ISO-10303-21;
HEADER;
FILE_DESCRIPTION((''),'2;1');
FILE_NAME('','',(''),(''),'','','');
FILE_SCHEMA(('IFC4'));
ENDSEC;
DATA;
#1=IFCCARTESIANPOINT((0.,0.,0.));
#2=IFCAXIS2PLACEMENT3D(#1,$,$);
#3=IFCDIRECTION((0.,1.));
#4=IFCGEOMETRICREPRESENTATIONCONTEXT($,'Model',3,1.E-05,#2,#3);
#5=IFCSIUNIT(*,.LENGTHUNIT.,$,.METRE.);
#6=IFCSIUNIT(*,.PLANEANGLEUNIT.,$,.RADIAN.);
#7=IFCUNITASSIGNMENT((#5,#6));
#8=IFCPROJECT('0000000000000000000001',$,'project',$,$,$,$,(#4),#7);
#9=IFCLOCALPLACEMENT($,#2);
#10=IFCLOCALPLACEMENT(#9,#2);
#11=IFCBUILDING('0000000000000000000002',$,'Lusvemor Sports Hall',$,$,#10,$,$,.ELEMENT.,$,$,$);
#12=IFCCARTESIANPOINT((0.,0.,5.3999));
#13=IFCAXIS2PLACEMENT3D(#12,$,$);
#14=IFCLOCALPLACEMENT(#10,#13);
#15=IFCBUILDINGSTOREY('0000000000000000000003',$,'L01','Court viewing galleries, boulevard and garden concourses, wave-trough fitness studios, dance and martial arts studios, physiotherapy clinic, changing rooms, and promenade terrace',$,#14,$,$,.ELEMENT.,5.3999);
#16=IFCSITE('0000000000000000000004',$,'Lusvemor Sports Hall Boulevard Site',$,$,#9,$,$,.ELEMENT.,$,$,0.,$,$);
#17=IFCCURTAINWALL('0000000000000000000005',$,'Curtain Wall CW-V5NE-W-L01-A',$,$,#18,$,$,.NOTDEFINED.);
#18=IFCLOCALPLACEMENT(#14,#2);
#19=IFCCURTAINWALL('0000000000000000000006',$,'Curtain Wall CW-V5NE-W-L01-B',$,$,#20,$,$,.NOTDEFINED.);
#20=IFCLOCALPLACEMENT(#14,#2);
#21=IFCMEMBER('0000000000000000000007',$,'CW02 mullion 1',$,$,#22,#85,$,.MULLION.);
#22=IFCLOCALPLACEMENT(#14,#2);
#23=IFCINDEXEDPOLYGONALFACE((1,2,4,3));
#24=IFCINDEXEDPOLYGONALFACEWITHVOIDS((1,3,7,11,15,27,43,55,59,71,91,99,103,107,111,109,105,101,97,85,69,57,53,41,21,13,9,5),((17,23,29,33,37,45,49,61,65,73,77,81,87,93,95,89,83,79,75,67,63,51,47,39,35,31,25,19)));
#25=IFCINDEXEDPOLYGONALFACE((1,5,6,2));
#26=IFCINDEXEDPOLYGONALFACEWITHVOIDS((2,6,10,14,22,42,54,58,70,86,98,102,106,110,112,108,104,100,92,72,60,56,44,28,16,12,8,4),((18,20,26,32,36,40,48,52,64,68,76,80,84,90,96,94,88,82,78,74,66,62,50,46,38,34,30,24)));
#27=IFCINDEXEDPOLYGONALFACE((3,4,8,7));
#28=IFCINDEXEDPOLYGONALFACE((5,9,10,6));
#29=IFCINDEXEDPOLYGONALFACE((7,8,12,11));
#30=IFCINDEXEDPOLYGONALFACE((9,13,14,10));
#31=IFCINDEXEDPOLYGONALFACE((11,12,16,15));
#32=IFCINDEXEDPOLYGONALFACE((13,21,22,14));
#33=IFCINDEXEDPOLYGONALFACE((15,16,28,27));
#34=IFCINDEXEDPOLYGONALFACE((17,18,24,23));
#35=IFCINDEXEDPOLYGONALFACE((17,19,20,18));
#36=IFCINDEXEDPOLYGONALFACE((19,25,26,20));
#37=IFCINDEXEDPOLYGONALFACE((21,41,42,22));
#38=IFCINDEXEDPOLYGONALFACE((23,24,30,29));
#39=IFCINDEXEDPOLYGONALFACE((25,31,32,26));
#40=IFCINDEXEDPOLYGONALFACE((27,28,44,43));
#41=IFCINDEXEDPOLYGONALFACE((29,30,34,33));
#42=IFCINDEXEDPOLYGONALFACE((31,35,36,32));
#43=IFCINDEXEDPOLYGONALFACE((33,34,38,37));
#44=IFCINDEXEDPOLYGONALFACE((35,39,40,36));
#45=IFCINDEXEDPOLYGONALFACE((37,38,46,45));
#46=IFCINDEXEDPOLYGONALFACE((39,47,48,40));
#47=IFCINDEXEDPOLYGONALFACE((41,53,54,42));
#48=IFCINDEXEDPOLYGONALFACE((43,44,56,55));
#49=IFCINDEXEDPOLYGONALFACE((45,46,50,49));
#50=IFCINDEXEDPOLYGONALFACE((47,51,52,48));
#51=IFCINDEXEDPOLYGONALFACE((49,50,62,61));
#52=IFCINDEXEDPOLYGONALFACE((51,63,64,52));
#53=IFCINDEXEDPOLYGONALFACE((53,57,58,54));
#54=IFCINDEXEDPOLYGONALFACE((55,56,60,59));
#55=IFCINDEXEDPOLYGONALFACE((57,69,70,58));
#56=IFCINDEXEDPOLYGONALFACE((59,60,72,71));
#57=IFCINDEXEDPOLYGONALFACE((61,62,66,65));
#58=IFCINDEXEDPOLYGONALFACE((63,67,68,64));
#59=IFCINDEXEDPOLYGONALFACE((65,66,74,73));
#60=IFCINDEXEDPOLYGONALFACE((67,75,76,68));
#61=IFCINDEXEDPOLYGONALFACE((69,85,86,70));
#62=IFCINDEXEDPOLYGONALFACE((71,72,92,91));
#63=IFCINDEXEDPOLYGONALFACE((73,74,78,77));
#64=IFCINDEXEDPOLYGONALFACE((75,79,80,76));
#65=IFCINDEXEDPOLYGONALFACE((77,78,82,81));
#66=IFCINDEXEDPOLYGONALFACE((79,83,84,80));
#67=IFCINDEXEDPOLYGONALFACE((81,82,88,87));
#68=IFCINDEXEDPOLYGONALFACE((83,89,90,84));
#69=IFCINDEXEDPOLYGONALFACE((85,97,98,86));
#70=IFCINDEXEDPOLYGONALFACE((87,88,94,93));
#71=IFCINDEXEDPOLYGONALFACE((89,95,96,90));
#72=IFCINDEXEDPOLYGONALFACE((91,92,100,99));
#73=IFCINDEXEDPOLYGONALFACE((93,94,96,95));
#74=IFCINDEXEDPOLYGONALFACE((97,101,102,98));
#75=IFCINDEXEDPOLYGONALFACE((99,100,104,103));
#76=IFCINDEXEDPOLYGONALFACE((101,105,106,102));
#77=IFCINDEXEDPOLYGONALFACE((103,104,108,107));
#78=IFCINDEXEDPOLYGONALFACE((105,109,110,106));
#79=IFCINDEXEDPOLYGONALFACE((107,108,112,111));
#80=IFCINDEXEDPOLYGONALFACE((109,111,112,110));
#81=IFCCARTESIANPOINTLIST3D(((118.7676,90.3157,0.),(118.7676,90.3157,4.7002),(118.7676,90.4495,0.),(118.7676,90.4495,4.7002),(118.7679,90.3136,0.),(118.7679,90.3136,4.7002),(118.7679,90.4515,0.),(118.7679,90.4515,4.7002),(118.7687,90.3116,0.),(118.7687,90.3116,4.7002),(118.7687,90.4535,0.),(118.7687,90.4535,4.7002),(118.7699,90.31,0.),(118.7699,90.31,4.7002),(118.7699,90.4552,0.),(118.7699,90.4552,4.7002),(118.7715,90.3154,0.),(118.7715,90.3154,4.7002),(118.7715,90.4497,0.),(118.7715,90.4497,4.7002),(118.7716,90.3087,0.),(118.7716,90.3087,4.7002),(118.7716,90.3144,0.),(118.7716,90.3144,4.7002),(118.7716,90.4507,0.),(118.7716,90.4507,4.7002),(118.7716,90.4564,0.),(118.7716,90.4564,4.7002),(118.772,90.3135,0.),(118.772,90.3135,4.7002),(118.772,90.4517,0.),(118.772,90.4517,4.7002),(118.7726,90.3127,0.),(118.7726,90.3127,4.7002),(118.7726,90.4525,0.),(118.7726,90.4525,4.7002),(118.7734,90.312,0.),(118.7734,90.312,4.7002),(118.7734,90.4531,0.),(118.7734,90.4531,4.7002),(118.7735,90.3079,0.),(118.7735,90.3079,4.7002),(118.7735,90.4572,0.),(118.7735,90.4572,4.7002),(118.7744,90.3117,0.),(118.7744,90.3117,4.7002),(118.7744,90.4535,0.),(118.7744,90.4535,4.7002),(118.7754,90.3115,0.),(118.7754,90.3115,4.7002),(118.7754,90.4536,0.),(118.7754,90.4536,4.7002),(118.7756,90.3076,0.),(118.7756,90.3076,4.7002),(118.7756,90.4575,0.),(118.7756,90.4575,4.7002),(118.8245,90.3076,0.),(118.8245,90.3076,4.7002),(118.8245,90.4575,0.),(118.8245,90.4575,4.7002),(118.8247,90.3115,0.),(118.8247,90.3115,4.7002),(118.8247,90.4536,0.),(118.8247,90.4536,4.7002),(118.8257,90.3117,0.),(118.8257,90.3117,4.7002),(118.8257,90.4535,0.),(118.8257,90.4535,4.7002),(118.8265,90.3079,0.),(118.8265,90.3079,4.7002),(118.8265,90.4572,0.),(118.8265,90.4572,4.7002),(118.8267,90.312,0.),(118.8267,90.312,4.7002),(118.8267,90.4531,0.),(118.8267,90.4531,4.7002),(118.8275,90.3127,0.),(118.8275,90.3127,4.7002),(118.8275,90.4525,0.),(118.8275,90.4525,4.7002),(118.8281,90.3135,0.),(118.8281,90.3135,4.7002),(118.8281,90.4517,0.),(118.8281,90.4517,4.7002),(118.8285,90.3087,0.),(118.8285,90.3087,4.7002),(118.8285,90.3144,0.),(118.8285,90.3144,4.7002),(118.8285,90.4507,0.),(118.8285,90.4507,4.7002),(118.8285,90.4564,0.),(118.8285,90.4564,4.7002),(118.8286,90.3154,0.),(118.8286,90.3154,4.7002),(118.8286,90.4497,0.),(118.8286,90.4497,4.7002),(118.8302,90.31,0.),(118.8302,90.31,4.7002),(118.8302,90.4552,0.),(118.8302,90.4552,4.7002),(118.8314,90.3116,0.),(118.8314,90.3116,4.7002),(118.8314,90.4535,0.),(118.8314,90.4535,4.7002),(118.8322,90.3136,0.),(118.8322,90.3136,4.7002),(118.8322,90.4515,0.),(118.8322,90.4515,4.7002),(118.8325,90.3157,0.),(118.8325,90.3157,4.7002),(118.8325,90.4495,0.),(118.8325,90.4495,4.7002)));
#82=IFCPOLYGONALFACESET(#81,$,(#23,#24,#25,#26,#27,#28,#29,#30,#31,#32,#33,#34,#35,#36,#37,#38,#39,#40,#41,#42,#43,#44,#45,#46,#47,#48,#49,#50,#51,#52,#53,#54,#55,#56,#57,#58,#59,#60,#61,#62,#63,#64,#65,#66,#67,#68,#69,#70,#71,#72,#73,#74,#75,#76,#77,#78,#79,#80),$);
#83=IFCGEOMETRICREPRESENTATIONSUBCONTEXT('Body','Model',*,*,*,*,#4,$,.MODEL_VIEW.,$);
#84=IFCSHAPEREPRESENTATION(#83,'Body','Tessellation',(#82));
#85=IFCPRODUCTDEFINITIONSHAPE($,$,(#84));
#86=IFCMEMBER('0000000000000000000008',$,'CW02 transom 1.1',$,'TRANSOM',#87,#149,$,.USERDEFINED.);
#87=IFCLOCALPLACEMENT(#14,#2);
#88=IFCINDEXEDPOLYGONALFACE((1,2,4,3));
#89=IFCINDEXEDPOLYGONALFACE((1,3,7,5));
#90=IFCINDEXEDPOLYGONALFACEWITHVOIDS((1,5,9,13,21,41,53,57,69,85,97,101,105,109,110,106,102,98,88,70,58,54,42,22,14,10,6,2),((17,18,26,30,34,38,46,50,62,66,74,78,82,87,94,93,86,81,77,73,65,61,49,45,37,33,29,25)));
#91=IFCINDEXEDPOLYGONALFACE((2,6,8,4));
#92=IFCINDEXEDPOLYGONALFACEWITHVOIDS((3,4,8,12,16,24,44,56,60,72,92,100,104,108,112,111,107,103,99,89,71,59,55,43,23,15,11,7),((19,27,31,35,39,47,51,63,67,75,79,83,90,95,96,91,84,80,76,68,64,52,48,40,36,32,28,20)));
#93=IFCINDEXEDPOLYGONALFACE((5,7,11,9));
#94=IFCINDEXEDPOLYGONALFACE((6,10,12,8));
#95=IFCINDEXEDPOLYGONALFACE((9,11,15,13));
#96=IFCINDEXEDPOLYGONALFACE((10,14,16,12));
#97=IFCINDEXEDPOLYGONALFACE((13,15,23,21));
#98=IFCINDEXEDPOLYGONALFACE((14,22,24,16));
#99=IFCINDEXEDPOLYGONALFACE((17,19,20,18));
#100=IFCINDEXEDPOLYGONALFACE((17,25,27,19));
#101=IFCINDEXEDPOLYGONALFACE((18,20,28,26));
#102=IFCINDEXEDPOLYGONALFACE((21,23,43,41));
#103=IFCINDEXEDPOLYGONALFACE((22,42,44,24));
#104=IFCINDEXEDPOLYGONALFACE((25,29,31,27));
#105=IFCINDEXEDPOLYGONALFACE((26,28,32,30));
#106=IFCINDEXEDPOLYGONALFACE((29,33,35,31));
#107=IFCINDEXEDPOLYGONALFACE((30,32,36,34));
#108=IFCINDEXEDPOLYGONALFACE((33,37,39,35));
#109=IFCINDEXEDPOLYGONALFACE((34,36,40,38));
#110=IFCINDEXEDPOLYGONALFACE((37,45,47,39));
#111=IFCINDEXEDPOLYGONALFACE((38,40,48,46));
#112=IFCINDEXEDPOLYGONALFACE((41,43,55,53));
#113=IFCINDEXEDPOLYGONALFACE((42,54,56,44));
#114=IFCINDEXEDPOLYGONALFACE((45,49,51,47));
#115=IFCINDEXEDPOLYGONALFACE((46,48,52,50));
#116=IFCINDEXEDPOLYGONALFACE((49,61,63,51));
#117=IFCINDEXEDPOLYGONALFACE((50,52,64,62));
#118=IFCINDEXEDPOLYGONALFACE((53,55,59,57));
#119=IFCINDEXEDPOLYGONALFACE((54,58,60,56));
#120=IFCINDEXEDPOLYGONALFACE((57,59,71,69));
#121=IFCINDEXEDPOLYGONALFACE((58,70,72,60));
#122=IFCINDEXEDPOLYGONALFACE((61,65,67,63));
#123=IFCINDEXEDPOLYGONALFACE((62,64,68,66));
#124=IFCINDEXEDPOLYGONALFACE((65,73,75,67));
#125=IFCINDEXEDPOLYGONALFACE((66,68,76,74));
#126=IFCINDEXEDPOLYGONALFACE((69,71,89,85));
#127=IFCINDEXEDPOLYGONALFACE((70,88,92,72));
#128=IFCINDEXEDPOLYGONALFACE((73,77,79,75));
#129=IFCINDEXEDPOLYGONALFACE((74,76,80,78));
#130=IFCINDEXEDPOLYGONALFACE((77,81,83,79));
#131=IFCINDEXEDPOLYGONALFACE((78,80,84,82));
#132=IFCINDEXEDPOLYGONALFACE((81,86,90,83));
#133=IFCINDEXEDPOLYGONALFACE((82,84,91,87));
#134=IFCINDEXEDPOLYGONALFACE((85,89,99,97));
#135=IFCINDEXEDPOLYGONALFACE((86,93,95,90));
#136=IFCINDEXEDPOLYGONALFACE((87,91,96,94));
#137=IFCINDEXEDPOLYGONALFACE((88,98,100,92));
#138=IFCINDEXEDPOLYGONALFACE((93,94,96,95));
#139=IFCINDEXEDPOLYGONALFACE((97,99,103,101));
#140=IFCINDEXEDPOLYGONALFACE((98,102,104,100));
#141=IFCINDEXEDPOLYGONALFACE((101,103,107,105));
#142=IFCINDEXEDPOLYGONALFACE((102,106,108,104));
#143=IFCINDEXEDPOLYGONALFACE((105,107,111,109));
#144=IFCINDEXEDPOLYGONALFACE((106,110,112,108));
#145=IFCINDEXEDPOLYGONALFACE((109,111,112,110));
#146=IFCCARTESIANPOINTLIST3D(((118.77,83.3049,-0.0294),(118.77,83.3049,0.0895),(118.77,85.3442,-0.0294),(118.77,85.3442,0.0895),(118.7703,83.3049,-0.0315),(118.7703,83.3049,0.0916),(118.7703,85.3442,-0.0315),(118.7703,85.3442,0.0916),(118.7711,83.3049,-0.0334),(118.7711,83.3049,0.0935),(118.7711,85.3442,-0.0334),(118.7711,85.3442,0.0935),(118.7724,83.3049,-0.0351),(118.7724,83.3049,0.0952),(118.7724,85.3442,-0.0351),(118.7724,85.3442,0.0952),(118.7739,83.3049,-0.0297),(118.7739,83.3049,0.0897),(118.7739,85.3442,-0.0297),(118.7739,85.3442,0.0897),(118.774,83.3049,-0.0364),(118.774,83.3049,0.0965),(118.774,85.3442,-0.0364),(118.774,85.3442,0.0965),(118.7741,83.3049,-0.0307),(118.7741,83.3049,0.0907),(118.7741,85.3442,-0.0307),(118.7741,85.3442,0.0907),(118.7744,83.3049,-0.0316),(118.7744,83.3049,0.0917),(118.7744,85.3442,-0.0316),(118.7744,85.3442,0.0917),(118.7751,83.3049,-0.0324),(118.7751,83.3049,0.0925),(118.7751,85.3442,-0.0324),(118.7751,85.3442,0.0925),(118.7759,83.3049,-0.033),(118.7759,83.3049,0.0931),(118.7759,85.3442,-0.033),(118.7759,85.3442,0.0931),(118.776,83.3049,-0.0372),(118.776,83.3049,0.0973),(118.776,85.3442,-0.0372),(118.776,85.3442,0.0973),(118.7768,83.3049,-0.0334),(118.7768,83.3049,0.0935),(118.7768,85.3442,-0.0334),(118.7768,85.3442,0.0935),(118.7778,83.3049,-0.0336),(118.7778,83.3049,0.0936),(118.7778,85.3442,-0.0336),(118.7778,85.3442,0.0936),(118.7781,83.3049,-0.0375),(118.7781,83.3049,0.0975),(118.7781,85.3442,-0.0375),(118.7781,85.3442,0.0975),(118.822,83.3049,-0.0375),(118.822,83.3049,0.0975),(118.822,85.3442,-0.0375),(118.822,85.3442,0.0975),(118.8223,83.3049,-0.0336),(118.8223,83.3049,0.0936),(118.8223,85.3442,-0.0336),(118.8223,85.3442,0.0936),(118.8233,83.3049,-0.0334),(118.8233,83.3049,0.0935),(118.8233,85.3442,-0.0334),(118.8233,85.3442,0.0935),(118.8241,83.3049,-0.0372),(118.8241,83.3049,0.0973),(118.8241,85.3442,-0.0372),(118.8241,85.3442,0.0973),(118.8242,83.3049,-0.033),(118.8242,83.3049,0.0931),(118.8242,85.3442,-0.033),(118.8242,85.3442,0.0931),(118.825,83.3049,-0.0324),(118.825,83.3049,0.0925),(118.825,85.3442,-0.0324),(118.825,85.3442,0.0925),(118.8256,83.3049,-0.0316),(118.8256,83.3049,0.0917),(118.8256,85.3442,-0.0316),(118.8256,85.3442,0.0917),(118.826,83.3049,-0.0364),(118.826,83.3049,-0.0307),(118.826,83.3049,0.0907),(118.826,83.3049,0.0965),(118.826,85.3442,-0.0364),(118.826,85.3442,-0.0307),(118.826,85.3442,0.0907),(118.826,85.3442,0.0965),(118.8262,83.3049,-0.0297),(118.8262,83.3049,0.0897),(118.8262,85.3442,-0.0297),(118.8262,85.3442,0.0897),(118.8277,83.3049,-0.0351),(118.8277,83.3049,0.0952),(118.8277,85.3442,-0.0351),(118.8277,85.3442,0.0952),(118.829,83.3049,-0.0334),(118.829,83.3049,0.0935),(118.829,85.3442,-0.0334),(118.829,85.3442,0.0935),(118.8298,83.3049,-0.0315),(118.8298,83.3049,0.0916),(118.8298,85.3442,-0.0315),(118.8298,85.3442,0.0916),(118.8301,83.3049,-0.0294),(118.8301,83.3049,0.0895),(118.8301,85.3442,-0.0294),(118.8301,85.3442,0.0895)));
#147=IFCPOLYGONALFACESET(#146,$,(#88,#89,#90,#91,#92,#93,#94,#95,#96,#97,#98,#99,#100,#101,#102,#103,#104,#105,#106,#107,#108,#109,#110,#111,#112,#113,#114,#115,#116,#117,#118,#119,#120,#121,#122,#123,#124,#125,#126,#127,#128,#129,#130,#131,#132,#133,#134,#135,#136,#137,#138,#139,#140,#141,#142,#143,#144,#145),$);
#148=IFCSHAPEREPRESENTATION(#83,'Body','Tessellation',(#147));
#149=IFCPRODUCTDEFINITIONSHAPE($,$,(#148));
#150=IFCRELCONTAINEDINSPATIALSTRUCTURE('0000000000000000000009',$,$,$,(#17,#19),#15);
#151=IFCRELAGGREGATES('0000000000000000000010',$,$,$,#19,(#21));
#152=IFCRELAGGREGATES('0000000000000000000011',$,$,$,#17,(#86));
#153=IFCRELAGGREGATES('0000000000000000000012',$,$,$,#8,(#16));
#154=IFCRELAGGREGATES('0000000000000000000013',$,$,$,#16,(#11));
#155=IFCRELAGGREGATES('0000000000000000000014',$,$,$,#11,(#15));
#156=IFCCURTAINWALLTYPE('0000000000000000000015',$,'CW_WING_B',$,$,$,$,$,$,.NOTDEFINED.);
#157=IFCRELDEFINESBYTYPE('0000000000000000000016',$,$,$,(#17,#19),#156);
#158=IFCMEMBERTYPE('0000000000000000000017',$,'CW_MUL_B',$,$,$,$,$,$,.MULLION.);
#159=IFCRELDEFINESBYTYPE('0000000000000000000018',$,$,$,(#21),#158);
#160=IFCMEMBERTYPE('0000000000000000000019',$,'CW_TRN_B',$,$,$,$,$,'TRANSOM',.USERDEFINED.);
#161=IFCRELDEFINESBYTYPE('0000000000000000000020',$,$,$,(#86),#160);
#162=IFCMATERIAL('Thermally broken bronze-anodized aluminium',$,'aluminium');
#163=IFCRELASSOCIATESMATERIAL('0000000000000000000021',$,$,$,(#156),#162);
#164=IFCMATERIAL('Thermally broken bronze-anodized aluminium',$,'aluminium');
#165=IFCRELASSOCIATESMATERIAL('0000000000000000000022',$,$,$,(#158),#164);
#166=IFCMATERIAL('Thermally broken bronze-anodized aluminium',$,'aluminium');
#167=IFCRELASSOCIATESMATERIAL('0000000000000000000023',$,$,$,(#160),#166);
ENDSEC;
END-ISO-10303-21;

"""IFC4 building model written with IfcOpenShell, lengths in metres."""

from ifc_helpers import new_model, si_unit, direction, frame, origin, origin_2d, place, context, subcontext, project, spatial, hollow_rectangle, extrude, material, material_profile, profile_set, type_object, element, aggregate, save


model = new_model("IFC4")

# Units and contexts
model_context = context("Model", 3, precision=1e-05, world=origin(), true_north=direction((0.0, 1.0)))
body_context = subcontext(model_context, "Body", "Model", "MODEL_VIEW")
ifc_project = project(units=[si_unit("LENGTHUNIT", "METRE"), si_unit("PLANEANGLEUNIT", "RADIAN")], contexts=[model_context])

# Site, building, storey
site_placement = place(None, origin())
site = spatial("IfcSite", under=ifc_project, at=site_placement, Name="Lusvemor Sports Hall Boulevard Site", CompositionType="ELEMENT", RefElevation=0.0)
building_placement = place(site_placement, origin())
building = spatial("IfcBuilding", under=site, at=building_placement, Name="Lusvemor Sports Hall", CompositionType="ELEMENT")
storey_placement = place(building_placement, frame((0.0, 0.0, 5.3999)))
storey = spatial("IfcBuildingStorey", under=building, at=storey_placement, Name="L01", Description="Court viewing galleries, boulevard and garden concourses, wave-trough fitness studios, dance and martial arts studios, physiotherapy clinic, changing rooms, and promenade terrace", CompositionType="ELEMENT", Elevation=5.3999)

# Curtain wall
ifc_material_1 = material(Name="Thermally broken bronze-anodized aluminium", Category="aluminium")
curtain_wall_type = type_object("IfcCurtainWallType", Name="CW_WING_B", PredefinedType="NOTDEFINED", material=ifc_material_1)
curtain_wall_1_placement = place(storey_placement, origin())
curtain_wall_1 = element("IfcCurtainWall", 1, at=curtain_wall_1_placement, inside=storey, type_object=curtain_wall_type, Name="Curtain Wall CW-V5NE-W-L01-A", PredefinedType="NOTDEFINED")
ifc_material_2 = material(Name="Thermally broken bronze-anodized aluminium", Category="aluminium")
ifc_material_profile_1 = material_profile(ifc_material_2, hollow_rectangle(XDim=0.0649, YDim=0.1499, WallThickness=0.0039, InnerFilletRadius=0.0039, OuterFilletRadius=0.0081, at=origin_2d()), Name="CWMUL150x65x4")
ifc_profile_set_1 = profile_set([ifc_material_profile_1], Name="Thermally broken bronze-anodized aluminium")
member_type_1 = type_object("IfcMemberType", Name="CW_MUL_B", PredefinedType="MULLION", material=ifc_profile_set_1)

# Curtain wall, member
curtain_wall_2_placement = place(storey_placement, origin())
curtain_wall_2 = element("IfcCurtainWall", 2, at=curtain_wall_2_placement, inside=storey, type_object=curtain_wall_type, Name="Curtain Wall CW-V5NE-W-L01-B", PredefinedType="NOTDEFINED")
member_1_placement = place(storey_placement, frame((118.8, 90.3826, 0.0), z_axis=(0.0, 0.0, 1.0), x_axis=(-1.0, 0.0, 0.0)))
member_1 = element("IfcMember", 3, at=member_1_placement, type_object=member_type_1, Name="CW02 mullion 1", PredefinedType="MULLION", context=body_context, shape_type="SweptSolid", body=[
    extrude(hollow_rectangle(XDim=0.0649, YDim=0.1499, WallThickness=0.0039, InnerFilletRadius=0.0039, OuterFilletRadius=0.0081, at=origin_2d()), origin(), (0.0, 0.0, 1.0), 4.7002),
])

# Member
ifc_material_3 = material(Name="Thermally broken bronze-anodized aluminium", Category="aluminium")
ifc_material_profile_2 = material_profile(ifc_material_3, hollow_rectangle(XDim=0.0601, YDim=0.135, WallThickness=0.0039, InnerFilletRadius=0.0039, OuterFilletRadius=0.0081, at=origin_2d()), Name="CWTRN135x60x4")
ifc_profile_set_2 = profile_set([ifc_material_profile_2], Name="Thermally broken bronze-anodized aluminium")
member_type_2 = type_object("IfcMemberType", Name="CW_TRN_B", ElementType="TRANSOM", PredefinedType="USERDEFINED", material=ifc_profile_set_2)
member_2_placement = place(storey_placement, frame((118.8, 83.3049, 0.03), z_axis=(0.0, 1.0, 0.0), x_axis=(-1.0, 0.0, 0.0)))
member_2 = element("IfcMember", 4, at=member_2_placement, type_object=member_type_2, Name="CW02 transom 1.1", ObjectType="TRANSOM", PredefinedType="USERDEFINED", context=body_context, shape_type="SweptSolid", body=[
    extrude(hollow_rectangle(XDim=0.0601, YDim=0.135, WallThickness=0.0039, InnerFilletRadius=0.0039, OuterFilletRadius=0.0081, at=origin_2d()), origin(), (0.0, 0.0, 1.0), 2.0393),
])
aggregate(curtain_wall_2, [member_1])

aggregate(curtain_wall_1, [member_2])

save(model, "model.ifc")
